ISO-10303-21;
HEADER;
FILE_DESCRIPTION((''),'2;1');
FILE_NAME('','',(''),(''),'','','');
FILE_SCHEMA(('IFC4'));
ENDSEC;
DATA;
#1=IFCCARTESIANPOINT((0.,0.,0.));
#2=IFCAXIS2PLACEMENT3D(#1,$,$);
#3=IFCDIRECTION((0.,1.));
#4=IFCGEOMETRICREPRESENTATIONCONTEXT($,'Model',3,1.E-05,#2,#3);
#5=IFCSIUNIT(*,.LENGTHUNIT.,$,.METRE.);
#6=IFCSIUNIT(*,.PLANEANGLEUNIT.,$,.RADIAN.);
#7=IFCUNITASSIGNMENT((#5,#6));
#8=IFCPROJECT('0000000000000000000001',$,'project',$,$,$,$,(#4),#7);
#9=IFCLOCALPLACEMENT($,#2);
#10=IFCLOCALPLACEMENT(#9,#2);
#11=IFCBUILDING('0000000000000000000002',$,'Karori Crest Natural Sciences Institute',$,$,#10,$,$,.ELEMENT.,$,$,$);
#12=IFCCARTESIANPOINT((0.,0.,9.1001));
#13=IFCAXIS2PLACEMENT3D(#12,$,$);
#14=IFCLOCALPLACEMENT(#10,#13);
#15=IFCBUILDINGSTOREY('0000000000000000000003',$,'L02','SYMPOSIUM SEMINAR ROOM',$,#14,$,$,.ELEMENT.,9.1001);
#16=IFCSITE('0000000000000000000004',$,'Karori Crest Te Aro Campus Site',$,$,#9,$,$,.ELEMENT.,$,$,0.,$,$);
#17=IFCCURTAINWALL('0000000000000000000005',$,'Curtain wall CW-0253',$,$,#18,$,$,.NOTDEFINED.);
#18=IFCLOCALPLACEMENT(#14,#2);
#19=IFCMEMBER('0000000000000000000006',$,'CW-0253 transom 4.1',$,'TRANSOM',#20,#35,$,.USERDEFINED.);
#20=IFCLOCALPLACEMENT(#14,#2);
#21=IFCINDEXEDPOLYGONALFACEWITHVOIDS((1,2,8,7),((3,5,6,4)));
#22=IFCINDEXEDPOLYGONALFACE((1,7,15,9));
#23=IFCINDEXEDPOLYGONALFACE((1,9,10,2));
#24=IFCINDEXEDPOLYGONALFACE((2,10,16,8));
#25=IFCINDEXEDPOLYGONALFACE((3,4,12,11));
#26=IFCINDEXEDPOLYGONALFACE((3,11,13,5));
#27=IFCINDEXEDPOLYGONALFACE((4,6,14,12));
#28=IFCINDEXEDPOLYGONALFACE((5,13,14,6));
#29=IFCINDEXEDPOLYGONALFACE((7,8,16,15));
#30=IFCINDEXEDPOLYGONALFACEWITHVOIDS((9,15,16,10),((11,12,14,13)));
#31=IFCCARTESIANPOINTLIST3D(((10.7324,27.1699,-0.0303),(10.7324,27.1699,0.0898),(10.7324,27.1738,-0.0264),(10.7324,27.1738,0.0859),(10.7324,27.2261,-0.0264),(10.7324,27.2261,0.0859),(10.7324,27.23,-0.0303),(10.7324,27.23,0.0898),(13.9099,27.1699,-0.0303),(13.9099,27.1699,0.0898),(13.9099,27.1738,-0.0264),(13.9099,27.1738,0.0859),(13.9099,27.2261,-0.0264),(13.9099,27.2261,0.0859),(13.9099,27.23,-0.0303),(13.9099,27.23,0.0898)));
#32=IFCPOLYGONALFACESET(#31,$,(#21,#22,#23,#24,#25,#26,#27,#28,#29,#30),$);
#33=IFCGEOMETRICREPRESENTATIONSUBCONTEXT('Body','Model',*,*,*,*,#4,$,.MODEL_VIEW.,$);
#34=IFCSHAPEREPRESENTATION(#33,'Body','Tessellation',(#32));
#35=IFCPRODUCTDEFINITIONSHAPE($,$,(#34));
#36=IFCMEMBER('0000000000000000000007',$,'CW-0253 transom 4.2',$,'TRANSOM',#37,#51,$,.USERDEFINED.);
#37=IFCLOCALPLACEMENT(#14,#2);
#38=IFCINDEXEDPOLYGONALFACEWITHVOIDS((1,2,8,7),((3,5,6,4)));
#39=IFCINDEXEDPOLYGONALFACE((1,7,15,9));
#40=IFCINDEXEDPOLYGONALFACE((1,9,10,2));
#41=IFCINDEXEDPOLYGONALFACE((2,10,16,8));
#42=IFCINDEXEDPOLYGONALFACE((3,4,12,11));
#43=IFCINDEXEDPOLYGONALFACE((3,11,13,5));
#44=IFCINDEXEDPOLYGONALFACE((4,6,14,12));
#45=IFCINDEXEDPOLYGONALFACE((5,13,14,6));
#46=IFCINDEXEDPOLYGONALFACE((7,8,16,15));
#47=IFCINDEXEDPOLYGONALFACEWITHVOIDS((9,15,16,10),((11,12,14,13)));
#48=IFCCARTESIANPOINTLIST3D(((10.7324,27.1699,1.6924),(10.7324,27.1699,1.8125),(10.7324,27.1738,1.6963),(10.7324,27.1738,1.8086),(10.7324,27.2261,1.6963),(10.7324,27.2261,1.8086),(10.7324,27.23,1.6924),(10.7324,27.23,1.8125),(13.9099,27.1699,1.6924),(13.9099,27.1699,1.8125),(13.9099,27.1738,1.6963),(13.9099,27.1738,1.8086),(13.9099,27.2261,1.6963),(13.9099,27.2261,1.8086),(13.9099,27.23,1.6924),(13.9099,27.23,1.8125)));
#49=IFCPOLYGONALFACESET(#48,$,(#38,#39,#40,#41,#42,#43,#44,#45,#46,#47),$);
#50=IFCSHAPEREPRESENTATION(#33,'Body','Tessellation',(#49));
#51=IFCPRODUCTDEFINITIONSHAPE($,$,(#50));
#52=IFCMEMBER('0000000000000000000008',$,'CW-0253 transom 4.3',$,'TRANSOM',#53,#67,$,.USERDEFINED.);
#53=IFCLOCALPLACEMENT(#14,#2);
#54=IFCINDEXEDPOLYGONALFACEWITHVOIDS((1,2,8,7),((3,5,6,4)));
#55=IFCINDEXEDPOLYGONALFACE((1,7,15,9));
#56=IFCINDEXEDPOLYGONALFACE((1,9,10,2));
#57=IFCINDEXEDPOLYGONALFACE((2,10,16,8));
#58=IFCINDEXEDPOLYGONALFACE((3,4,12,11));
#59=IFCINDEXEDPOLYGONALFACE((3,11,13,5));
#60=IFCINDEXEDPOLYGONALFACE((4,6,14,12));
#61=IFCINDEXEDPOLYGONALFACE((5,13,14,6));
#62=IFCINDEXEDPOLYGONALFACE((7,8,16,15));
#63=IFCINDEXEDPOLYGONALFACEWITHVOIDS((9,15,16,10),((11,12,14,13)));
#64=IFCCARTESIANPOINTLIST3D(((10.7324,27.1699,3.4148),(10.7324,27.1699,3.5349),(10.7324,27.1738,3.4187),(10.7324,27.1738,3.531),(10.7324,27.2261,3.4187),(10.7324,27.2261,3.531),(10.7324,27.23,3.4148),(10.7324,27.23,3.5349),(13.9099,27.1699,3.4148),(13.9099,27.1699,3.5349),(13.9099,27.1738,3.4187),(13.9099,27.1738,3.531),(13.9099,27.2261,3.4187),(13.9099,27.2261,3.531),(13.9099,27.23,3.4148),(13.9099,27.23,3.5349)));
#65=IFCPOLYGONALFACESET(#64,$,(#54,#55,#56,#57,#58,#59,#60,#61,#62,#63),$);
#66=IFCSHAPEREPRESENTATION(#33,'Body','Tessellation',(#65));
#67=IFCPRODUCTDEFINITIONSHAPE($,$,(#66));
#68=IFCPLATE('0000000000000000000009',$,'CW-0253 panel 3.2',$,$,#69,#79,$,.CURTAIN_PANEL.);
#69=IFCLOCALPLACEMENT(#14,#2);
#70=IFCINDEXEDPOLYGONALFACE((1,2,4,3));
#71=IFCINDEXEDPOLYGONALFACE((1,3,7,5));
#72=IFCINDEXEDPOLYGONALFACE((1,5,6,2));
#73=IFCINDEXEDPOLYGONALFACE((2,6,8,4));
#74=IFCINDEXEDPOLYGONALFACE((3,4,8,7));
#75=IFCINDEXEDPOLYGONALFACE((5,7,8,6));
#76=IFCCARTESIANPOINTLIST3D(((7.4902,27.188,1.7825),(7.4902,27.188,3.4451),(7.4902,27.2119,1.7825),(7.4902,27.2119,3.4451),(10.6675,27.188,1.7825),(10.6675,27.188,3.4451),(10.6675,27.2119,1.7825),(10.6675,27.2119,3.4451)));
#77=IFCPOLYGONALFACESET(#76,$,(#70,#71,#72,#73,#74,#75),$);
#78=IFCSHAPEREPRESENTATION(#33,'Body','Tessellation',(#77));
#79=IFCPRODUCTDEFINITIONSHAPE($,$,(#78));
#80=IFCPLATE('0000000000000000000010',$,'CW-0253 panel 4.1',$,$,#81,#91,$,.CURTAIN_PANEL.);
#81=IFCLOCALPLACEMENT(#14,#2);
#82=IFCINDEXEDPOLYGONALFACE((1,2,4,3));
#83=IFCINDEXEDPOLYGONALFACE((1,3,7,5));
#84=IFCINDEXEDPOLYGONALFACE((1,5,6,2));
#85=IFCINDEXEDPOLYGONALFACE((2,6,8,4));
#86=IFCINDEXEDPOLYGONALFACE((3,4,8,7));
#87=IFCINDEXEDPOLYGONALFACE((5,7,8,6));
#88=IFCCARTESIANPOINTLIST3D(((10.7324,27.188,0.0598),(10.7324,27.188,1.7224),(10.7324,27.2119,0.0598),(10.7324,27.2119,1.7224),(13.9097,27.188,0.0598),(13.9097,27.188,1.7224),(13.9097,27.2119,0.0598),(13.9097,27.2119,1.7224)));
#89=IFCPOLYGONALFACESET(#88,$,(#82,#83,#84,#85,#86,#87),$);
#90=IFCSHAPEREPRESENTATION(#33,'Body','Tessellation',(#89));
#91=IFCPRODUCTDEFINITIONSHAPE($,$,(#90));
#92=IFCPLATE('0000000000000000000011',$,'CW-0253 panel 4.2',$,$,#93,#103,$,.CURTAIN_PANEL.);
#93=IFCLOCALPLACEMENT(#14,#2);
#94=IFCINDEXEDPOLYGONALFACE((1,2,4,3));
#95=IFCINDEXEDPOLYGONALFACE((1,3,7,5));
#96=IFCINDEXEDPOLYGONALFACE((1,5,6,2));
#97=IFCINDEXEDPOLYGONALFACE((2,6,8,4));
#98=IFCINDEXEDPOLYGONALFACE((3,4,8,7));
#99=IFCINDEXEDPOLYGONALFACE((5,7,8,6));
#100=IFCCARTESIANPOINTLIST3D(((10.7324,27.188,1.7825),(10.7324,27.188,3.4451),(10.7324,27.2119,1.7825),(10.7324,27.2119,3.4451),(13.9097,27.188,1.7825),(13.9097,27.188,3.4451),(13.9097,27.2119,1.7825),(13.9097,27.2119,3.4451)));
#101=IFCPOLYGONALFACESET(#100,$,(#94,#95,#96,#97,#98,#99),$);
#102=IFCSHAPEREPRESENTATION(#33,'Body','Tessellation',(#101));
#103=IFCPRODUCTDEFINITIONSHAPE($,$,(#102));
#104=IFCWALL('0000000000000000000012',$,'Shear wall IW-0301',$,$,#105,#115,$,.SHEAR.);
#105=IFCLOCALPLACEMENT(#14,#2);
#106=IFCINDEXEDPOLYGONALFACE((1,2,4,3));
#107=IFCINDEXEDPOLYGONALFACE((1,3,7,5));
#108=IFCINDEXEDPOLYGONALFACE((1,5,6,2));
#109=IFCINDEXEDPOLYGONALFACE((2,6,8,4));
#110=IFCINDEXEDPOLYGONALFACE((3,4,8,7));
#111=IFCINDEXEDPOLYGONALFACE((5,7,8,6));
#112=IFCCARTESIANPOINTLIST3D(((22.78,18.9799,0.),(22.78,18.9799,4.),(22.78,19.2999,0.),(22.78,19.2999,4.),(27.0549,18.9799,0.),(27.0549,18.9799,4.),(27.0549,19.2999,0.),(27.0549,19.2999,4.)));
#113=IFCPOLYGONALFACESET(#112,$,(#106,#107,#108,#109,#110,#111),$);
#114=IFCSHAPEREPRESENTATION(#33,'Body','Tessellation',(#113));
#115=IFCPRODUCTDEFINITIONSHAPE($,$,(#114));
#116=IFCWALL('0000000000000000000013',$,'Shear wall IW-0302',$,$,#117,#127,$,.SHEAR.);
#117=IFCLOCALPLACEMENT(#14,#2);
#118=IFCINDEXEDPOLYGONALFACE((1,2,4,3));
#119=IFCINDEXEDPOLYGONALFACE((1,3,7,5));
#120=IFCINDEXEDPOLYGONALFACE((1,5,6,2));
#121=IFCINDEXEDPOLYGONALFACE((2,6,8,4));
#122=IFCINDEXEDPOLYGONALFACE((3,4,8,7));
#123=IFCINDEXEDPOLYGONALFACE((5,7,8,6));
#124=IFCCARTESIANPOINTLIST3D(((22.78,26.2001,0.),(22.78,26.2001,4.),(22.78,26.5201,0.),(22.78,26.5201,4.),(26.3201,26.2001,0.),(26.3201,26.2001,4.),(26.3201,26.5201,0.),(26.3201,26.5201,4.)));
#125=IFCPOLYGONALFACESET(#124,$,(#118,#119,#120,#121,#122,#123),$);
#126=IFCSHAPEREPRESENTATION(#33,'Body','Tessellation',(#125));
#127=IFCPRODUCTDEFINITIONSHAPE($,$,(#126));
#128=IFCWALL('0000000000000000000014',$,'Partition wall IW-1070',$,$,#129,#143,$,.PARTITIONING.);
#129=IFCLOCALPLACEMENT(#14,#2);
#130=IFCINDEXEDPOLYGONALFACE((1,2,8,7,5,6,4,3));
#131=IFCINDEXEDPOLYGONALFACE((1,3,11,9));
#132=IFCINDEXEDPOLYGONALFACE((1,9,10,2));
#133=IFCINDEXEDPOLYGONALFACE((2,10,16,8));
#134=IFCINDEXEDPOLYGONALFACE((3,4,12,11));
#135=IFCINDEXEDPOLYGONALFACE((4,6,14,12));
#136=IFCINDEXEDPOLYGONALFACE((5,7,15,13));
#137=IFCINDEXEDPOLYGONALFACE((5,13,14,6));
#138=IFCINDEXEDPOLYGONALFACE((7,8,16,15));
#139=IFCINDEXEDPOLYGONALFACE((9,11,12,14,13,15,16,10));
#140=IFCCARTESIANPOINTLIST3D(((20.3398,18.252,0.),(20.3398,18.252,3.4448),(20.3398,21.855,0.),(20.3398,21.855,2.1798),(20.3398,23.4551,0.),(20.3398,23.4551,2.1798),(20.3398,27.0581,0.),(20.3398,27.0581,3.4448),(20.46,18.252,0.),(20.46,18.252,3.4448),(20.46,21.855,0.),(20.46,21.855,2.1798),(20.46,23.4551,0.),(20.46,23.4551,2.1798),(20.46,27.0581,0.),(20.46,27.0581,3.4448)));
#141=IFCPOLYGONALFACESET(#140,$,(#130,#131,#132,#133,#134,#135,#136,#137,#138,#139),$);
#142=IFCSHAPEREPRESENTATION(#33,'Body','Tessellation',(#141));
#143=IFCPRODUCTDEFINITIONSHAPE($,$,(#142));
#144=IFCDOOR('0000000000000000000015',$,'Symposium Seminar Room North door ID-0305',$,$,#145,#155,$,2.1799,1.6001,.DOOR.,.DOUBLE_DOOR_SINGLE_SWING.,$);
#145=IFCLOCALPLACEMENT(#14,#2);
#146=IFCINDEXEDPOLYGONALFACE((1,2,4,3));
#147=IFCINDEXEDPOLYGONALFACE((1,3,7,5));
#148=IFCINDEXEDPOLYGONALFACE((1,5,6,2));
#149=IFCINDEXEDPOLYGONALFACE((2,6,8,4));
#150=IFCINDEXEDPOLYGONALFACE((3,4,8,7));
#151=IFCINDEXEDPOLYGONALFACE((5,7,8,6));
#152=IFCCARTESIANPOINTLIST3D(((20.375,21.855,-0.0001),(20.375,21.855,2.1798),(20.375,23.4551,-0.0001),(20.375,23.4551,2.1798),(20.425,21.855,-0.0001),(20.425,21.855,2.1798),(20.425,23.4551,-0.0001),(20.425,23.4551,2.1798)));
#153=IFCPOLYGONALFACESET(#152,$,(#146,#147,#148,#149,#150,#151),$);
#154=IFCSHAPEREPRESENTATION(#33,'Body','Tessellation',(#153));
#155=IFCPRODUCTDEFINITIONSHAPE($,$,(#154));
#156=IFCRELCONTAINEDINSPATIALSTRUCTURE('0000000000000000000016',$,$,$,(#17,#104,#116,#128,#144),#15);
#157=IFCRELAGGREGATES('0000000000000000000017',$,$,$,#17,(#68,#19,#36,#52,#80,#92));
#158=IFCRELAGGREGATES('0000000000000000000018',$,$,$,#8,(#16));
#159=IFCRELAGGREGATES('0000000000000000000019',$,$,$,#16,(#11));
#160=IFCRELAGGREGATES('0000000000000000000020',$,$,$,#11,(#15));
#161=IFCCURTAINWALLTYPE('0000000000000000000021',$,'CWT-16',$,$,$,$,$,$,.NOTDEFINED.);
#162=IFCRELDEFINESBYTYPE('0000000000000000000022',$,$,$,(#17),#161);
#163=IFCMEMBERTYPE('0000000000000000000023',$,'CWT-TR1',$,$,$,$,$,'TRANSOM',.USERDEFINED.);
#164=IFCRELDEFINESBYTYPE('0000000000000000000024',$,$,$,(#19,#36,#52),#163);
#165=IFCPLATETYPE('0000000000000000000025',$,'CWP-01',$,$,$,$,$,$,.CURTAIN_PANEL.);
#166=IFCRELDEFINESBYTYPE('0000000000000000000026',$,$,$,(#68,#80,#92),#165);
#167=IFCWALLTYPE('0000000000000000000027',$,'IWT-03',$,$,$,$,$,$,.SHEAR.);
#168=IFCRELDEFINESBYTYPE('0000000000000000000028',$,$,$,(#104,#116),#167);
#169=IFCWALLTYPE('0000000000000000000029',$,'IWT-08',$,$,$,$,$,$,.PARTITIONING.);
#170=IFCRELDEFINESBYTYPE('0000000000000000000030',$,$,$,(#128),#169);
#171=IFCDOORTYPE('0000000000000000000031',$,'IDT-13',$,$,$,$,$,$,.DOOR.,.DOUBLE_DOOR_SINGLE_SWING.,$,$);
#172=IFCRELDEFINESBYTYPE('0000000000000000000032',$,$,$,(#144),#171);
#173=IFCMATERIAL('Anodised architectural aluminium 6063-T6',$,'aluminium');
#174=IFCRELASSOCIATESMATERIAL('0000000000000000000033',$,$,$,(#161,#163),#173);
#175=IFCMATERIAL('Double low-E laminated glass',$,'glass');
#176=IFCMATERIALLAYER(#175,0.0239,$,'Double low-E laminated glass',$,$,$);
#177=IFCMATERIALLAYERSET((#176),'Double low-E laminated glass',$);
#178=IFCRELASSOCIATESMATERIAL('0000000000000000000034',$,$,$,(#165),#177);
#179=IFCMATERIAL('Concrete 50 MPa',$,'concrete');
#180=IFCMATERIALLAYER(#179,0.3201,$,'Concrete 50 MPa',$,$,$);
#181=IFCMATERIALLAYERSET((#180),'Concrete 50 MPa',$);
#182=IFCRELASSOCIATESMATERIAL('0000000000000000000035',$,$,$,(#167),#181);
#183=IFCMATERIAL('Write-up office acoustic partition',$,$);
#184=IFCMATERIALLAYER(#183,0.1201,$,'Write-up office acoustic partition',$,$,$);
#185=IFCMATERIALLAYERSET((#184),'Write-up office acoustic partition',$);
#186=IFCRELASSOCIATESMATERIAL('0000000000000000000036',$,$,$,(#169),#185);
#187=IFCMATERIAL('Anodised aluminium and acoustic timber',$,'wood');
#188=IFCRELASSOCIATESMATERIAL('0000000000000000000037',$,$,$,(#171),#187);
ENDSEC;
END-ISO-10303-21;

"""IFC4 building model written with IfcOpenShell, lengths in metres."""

from ifc_helpers import new_model, si_unit, direction, frame, frame_2d, origin, origin_2d, place, context, subcontext, project, spatial, rectangle, hollow_rectangle, extrude, material, layer, layer_set, material_profile, profile_set, type_object, element, fill, aggregate, save


model = new_model("IFC4")

# Units and contexts
model_context = context("Model", 3, precision=1e-05, world=origin(), true_north=direction((0.0, 1.0)))
body_context = subcontext(model_context, "Body", "Model", "MODEL_VIEW")
ifc_project = project(units=[si_unit("LENGTHUNIT", "METRE"), si_unit("PLANEANGLEUNIT", "RADIAN")], contexts=[model_context])

# Site, building, storey
site_placement = place(None, origin())
site = spatial("IfcSite", under=ifc_project, at=site_placement, Name="Karori Crest Te Aro Campus Site", CompositionType="ELEMENT", RefElevation=0.0)
building_placement = place(site_placement, origin())
building = spatial("IfcBuilding", under=site, at=building_placement, Name="Karori Crest Natural Sciences Institute", CompositionType="ELEMENT")
storey_placement = place(building_placement, frame((0.0, 0.0, 9.1001)))
storey = spatial("IfcBuildingStorey", under=building, at=storey_placement, Name="L02", Description="SYMPOSIUM SEMINAR ROOM", CompositionType="ELEMENT", Elevation=9.1001)

# Curtain wall, members, plates
ifc_material_1 = material(Name="Anodised architectural aluminium 6063-T6", Category="aluminium")
curtain_wall_type = type_object("IfcCurtainWallType", Name="CWT-16", PredefinedType="NOTDEFINED", material=ifc_material_1)
curtain_wall_placement = place(storey_placement, origin())
curtain_wall = element("IfcCurtainWall", 1, at=curtain_wall_placement, inside=storey, type_object=curtain_wall_type, Name="Curtain wall CW-0253", PredefinedType="NOTDEFINED")
ifc_material_profile_1 = material_profile(ifc_material_1, hollow_rectangle(XDim=0.0601, YDim=0.1201, WallThickness=0.0039, at=origin_2d()), Name="CWT120x60x4")
ifc_profile_set_1 = profile_set([ifc_material_profile_1], Name="Anodised architectural aluminium 6063-T6")
member_type_1 = type_object("IfcMemberType", Name="CWT-TR1", ElementType="TRANSOM", PredefinedType="USERDEFINED", material=ifc_profile_set_1)
member_1_placement = place(storey_placement, frame((10.7324, 27.2, 0.0298), z_axis=(1.0, 0.0, 0.0), x_axis=(0.0, 1.0, 0.0)))
member_1 = element("IfcMember", 2, at=member_1_placement, type_object=member_type_1, Name="CW-0253 transom 4.1", ObjectType="TRANSOM", PredefinedType="USERDEFINED", context=body_context, shape_type="SweptSolid", body=[
    extrude(hollow_rectangle(XDim=0.0601, YDim=0.1201, WallThickness=0.0039, at=origin_2d()), origin(), (0.0, 0.0, 1.0), 3.1775),
])
member_2_placement = place(storey_placement, frame((10.7324, 27.2, 1.7524), z_axis=(1.0, 0.0, 0.0), x_axis=(0.0, 1.0, 0.0)))
member_2 = element("IfcMember", 3, at=member_2_placement, type_object=member_type_1, Name="CW-0253 transom 4.2", ObjectType="TRANSOM", PredefinedType="USERDEFINED", context=body_context, shape_type="SweptSolid", body=[
    extrude(hollow_rectangle(XDim=0.0601, YDim=0.1201, WallThickness=0.0039, at=origin_2d()), origin(), (0.0, 0.0, 1.0), 3.1775),
])
member_3_placement = place(storey_placement, frame((10.7324, 27.2, 3.4749), z_axis=(1.0, 0.0, 0.0), x_axis=(0.0, 1.0, 0.0)))
member_3 = element("IfcMember", 4, at=member_3_placement, type_object=member_type_1, Name="CW-0253 transom 4.3", ObjectType="TRANSOM", PredefinedType="USERDEFINED", context=body_context, shape_type="SweptSolid", body=[
    extrude(hollow_rectangle(XDim=0.0601, YDim=0.1201, WallThickness=0.0039, at=origin_2d()), origin(), (0.0, 0.0, 1.0), 3.1775),
])
ifc_material_2 = material(Name="Double low-E laminated glass", Category="glass")
ifc_layer_1 = layer(ifc_material_2, 0.0239, Name="Double low-E laminated glass")
ifc_layer_set_1 = layer_set([ifc_layer_1], Name="Double low-E laminated glass")
plate_type = type_object("IfcPlateType", Name="CWP-01", PredefinedType="CURTAIN_PANEL", material=ifc_layer_set_1)
plate_1_placement = place(storey_placement, frame((9.0789, 27.2, 1.7825), z_axis=(0.0, 0.0, 1.0), x_axis=(1.0, 0.0, 0.0)))
plate_1 = element("IfcPlate", 5, at=plate_1_placement, type_object=plate_type, Name="CW-0253 panel 3.2", PredefinedType="CURTAIN_PANEL", context=body_context, shape_type="SweptSolid", body=[
    extrude(rectangle(XDim=3.1772, YDim=0.0239, at=origin_2d()), origin(), (0.0, 0.0, 1.0), 1.6626),
])
plate_2_placement = place(storey_placement, frame((12.321, 27.2, 0.0598), z_axis=(0.0, 0.0, 1.0), x_axis=(1.0, 0.0, 0.0)))
plate_2 = element("IfcPlate", 6, at=plate_2_placement, type_object=plate_type, Name="CW-0253 panel 4.1", PredefinedType="CURTAIN_PANEL", context=body_context, shape_type="SweptSolid", body=[
    extrude(rectangle(XDim=3.1772, YDim=0.0239, at=origin_2d()), origin(), (0.0, 0.0, 1.0), 1.6626),
])
plate_3_placement = place(storey_placement, frame((12.321, 27.2, 1.7825), z_axis=(0.0, 0.0, 1.0), x_axis=(1.0, 0.0, 0.0)))
plate_3 = element("IfcPlate", 7, at=plate_3_placement, type_object=plate_type, Name="CW-0253 panel 4.2", PredefinedType="CURTAIN_PANEL", context=body_context, shape_type="SweptSolid", body=[
    extrude(rectangle(XDim=3.1772, YDim=0.0239, at=origin_2d()), origin(), (0.0, 0.0, 1.0), 1.6626),
])
aggregate(curtain_wall, [plate_1, member_1, member_2, member_3, plate_2, plate_3])

# Walls
ifc_material_3 = material(Name="Concrete 50 MPa", Category="concrete")
ifc_layer_2 = layer(ifc_material_3, 0.3201, Name="Concrete 50 MPa")
ifc_layer_set_2 = layer_set([ifc_layer_2], Name="Concrete 50 MPa")
wall_type_1 = type_object("IfcWallType", Name="IWT-03", PredefinedType="SHEAR", material=ifc_layer_set_2)
wall_1_placement = place(storey_placement, frame((22.78, 19.1399, 0.0), z_axis=(0.0, 0.0, 1.0), x_axis=(1.0, 0.0, 0.0)))
element("IfcWall", 8, at=wall_1_placement, inside=storey, type_object=wall_type_1, Name="Shear wall IW-0301", PredefinedType="SHEAR", context=body_context, shape_type="SweptSolid", body=[
    extrude(rectangle(XDim=4.2749, YDim=0.3201, at=frame_2d((2.1375, 0.0))), origin(), (0.0, 0.0, 1.0), 4.0),
])
wall_2_placement = place(storey_placement, frame((22.78, 26.3601, 0.0), z_axis=(0.0, 0.0, 1.0), x_axis=(1.0, 0.0, 0.0)))
element("IfcWall", 9, at=wall_2_placement, inside=storey, type_object=wall_type_1, Name="Shear wall IW-0302", PredefinedType="SHEAR", context=body_context, shape_type="SweptSolid", body=[
    extrude(rectangle(XDim=3.54, YDim=0.3201, at=frame_2d((1.77, 0.0))), origin(), (0.0, 0.0, 1.0), 4.0),
])

# Wall, opening, door
ifc_material_4 = material(Name="Write-up office acoustic partition")
ifc_layer_3 = layer(ifc_material_4, 0.1201, Name="Write-up office acoustic partition")
ifc_layer_set_3 = layer_set([ifc_layer_3], Name="Write-up office acoustic partition")
wall_type_2 = type_object("IfcWallType", Name="IWT-08", PredefinedType="PARTITIONING", material=ifc_layer_set_3)
wall_3_placement = place(storey_placement, frame((20.3999, 18.252, 0.0), z_axis=(0.0, 0.0, 1.0), x_axis=(0.0, 1.0, 0.0)))
wall_3 = element("IfcWall", 10, at=wall_3_placement, inside=storey, type_object=wall_type_2, Name="Partition wall IW-1070", PredefinedType="PARTITIONING", context=body_context, shape_type="SweptSolid", body=[
    extrude(rectangle(XDim=8.8062, YDim=0.1201, at=frame_2d((4.4031, 0.0))), origin(), (0.0, 0.0, 1.0), 3.4448),
])
opening_1_placement = place(wall_3_placement, frame((3.603, 0.0, 0.0)))
opening_1 = element("IfcOpeningElement", 11, at=opening_1_placement, cuts=wall_3, PredefinedType="OPENING", context=body_context, shape_type="SweptSolid", body=[
    extrude(rectangle(XDim=1.6001, YDim=2.1799, at=frame_2d((0.8, 1.0898))), frame((0.0, 0.0701, 0.0), z_axis=(0.0, -1.0, 0.0), x_axis=(1.0, 0.0, 0.0)), (0.0, 0.0, 1.0), 0.1401),
])
ifc_material_5 = material(Name="Anodised aluminium and acoustic timber", Category="wood")
door_type_1 = type_object("IfcDoorType", Name="IDT-13", OperationType="DOUBLE_DOOR_SINGLE_SWING", PredefinedType="DOOR", material=ifc_material_5)
door_1_placement = place(opening_1_placement, origin())
door_1 = element("IfcDoor", 12, at=door_1_placement, inside=storey, type_object=door_type_1, Name="Symposium Seminar Room North door ID-0305", OperationType="DOUBLE_DOOR_SINGLE_SWING", OverallHeight=2.1799, OverallWidth=1.6001, PredefinedType="DOOR", context=body_context, shape_type="SweptSolid", body=[
    extrude(rectangle(XDim=1.6001, YDim=2.1799, at=frame_2d((0.8, 1.0898))), frame((0.0, 0.0249, 0.0), z_axis=(0.0, -1.0, 0.0), x_axis=(1.0, 0.0, 0.0)), (0.0, 0.0, 1.0), 0.05),
])
fill(opening_1, door_1)

save(model, "model.ifc")
